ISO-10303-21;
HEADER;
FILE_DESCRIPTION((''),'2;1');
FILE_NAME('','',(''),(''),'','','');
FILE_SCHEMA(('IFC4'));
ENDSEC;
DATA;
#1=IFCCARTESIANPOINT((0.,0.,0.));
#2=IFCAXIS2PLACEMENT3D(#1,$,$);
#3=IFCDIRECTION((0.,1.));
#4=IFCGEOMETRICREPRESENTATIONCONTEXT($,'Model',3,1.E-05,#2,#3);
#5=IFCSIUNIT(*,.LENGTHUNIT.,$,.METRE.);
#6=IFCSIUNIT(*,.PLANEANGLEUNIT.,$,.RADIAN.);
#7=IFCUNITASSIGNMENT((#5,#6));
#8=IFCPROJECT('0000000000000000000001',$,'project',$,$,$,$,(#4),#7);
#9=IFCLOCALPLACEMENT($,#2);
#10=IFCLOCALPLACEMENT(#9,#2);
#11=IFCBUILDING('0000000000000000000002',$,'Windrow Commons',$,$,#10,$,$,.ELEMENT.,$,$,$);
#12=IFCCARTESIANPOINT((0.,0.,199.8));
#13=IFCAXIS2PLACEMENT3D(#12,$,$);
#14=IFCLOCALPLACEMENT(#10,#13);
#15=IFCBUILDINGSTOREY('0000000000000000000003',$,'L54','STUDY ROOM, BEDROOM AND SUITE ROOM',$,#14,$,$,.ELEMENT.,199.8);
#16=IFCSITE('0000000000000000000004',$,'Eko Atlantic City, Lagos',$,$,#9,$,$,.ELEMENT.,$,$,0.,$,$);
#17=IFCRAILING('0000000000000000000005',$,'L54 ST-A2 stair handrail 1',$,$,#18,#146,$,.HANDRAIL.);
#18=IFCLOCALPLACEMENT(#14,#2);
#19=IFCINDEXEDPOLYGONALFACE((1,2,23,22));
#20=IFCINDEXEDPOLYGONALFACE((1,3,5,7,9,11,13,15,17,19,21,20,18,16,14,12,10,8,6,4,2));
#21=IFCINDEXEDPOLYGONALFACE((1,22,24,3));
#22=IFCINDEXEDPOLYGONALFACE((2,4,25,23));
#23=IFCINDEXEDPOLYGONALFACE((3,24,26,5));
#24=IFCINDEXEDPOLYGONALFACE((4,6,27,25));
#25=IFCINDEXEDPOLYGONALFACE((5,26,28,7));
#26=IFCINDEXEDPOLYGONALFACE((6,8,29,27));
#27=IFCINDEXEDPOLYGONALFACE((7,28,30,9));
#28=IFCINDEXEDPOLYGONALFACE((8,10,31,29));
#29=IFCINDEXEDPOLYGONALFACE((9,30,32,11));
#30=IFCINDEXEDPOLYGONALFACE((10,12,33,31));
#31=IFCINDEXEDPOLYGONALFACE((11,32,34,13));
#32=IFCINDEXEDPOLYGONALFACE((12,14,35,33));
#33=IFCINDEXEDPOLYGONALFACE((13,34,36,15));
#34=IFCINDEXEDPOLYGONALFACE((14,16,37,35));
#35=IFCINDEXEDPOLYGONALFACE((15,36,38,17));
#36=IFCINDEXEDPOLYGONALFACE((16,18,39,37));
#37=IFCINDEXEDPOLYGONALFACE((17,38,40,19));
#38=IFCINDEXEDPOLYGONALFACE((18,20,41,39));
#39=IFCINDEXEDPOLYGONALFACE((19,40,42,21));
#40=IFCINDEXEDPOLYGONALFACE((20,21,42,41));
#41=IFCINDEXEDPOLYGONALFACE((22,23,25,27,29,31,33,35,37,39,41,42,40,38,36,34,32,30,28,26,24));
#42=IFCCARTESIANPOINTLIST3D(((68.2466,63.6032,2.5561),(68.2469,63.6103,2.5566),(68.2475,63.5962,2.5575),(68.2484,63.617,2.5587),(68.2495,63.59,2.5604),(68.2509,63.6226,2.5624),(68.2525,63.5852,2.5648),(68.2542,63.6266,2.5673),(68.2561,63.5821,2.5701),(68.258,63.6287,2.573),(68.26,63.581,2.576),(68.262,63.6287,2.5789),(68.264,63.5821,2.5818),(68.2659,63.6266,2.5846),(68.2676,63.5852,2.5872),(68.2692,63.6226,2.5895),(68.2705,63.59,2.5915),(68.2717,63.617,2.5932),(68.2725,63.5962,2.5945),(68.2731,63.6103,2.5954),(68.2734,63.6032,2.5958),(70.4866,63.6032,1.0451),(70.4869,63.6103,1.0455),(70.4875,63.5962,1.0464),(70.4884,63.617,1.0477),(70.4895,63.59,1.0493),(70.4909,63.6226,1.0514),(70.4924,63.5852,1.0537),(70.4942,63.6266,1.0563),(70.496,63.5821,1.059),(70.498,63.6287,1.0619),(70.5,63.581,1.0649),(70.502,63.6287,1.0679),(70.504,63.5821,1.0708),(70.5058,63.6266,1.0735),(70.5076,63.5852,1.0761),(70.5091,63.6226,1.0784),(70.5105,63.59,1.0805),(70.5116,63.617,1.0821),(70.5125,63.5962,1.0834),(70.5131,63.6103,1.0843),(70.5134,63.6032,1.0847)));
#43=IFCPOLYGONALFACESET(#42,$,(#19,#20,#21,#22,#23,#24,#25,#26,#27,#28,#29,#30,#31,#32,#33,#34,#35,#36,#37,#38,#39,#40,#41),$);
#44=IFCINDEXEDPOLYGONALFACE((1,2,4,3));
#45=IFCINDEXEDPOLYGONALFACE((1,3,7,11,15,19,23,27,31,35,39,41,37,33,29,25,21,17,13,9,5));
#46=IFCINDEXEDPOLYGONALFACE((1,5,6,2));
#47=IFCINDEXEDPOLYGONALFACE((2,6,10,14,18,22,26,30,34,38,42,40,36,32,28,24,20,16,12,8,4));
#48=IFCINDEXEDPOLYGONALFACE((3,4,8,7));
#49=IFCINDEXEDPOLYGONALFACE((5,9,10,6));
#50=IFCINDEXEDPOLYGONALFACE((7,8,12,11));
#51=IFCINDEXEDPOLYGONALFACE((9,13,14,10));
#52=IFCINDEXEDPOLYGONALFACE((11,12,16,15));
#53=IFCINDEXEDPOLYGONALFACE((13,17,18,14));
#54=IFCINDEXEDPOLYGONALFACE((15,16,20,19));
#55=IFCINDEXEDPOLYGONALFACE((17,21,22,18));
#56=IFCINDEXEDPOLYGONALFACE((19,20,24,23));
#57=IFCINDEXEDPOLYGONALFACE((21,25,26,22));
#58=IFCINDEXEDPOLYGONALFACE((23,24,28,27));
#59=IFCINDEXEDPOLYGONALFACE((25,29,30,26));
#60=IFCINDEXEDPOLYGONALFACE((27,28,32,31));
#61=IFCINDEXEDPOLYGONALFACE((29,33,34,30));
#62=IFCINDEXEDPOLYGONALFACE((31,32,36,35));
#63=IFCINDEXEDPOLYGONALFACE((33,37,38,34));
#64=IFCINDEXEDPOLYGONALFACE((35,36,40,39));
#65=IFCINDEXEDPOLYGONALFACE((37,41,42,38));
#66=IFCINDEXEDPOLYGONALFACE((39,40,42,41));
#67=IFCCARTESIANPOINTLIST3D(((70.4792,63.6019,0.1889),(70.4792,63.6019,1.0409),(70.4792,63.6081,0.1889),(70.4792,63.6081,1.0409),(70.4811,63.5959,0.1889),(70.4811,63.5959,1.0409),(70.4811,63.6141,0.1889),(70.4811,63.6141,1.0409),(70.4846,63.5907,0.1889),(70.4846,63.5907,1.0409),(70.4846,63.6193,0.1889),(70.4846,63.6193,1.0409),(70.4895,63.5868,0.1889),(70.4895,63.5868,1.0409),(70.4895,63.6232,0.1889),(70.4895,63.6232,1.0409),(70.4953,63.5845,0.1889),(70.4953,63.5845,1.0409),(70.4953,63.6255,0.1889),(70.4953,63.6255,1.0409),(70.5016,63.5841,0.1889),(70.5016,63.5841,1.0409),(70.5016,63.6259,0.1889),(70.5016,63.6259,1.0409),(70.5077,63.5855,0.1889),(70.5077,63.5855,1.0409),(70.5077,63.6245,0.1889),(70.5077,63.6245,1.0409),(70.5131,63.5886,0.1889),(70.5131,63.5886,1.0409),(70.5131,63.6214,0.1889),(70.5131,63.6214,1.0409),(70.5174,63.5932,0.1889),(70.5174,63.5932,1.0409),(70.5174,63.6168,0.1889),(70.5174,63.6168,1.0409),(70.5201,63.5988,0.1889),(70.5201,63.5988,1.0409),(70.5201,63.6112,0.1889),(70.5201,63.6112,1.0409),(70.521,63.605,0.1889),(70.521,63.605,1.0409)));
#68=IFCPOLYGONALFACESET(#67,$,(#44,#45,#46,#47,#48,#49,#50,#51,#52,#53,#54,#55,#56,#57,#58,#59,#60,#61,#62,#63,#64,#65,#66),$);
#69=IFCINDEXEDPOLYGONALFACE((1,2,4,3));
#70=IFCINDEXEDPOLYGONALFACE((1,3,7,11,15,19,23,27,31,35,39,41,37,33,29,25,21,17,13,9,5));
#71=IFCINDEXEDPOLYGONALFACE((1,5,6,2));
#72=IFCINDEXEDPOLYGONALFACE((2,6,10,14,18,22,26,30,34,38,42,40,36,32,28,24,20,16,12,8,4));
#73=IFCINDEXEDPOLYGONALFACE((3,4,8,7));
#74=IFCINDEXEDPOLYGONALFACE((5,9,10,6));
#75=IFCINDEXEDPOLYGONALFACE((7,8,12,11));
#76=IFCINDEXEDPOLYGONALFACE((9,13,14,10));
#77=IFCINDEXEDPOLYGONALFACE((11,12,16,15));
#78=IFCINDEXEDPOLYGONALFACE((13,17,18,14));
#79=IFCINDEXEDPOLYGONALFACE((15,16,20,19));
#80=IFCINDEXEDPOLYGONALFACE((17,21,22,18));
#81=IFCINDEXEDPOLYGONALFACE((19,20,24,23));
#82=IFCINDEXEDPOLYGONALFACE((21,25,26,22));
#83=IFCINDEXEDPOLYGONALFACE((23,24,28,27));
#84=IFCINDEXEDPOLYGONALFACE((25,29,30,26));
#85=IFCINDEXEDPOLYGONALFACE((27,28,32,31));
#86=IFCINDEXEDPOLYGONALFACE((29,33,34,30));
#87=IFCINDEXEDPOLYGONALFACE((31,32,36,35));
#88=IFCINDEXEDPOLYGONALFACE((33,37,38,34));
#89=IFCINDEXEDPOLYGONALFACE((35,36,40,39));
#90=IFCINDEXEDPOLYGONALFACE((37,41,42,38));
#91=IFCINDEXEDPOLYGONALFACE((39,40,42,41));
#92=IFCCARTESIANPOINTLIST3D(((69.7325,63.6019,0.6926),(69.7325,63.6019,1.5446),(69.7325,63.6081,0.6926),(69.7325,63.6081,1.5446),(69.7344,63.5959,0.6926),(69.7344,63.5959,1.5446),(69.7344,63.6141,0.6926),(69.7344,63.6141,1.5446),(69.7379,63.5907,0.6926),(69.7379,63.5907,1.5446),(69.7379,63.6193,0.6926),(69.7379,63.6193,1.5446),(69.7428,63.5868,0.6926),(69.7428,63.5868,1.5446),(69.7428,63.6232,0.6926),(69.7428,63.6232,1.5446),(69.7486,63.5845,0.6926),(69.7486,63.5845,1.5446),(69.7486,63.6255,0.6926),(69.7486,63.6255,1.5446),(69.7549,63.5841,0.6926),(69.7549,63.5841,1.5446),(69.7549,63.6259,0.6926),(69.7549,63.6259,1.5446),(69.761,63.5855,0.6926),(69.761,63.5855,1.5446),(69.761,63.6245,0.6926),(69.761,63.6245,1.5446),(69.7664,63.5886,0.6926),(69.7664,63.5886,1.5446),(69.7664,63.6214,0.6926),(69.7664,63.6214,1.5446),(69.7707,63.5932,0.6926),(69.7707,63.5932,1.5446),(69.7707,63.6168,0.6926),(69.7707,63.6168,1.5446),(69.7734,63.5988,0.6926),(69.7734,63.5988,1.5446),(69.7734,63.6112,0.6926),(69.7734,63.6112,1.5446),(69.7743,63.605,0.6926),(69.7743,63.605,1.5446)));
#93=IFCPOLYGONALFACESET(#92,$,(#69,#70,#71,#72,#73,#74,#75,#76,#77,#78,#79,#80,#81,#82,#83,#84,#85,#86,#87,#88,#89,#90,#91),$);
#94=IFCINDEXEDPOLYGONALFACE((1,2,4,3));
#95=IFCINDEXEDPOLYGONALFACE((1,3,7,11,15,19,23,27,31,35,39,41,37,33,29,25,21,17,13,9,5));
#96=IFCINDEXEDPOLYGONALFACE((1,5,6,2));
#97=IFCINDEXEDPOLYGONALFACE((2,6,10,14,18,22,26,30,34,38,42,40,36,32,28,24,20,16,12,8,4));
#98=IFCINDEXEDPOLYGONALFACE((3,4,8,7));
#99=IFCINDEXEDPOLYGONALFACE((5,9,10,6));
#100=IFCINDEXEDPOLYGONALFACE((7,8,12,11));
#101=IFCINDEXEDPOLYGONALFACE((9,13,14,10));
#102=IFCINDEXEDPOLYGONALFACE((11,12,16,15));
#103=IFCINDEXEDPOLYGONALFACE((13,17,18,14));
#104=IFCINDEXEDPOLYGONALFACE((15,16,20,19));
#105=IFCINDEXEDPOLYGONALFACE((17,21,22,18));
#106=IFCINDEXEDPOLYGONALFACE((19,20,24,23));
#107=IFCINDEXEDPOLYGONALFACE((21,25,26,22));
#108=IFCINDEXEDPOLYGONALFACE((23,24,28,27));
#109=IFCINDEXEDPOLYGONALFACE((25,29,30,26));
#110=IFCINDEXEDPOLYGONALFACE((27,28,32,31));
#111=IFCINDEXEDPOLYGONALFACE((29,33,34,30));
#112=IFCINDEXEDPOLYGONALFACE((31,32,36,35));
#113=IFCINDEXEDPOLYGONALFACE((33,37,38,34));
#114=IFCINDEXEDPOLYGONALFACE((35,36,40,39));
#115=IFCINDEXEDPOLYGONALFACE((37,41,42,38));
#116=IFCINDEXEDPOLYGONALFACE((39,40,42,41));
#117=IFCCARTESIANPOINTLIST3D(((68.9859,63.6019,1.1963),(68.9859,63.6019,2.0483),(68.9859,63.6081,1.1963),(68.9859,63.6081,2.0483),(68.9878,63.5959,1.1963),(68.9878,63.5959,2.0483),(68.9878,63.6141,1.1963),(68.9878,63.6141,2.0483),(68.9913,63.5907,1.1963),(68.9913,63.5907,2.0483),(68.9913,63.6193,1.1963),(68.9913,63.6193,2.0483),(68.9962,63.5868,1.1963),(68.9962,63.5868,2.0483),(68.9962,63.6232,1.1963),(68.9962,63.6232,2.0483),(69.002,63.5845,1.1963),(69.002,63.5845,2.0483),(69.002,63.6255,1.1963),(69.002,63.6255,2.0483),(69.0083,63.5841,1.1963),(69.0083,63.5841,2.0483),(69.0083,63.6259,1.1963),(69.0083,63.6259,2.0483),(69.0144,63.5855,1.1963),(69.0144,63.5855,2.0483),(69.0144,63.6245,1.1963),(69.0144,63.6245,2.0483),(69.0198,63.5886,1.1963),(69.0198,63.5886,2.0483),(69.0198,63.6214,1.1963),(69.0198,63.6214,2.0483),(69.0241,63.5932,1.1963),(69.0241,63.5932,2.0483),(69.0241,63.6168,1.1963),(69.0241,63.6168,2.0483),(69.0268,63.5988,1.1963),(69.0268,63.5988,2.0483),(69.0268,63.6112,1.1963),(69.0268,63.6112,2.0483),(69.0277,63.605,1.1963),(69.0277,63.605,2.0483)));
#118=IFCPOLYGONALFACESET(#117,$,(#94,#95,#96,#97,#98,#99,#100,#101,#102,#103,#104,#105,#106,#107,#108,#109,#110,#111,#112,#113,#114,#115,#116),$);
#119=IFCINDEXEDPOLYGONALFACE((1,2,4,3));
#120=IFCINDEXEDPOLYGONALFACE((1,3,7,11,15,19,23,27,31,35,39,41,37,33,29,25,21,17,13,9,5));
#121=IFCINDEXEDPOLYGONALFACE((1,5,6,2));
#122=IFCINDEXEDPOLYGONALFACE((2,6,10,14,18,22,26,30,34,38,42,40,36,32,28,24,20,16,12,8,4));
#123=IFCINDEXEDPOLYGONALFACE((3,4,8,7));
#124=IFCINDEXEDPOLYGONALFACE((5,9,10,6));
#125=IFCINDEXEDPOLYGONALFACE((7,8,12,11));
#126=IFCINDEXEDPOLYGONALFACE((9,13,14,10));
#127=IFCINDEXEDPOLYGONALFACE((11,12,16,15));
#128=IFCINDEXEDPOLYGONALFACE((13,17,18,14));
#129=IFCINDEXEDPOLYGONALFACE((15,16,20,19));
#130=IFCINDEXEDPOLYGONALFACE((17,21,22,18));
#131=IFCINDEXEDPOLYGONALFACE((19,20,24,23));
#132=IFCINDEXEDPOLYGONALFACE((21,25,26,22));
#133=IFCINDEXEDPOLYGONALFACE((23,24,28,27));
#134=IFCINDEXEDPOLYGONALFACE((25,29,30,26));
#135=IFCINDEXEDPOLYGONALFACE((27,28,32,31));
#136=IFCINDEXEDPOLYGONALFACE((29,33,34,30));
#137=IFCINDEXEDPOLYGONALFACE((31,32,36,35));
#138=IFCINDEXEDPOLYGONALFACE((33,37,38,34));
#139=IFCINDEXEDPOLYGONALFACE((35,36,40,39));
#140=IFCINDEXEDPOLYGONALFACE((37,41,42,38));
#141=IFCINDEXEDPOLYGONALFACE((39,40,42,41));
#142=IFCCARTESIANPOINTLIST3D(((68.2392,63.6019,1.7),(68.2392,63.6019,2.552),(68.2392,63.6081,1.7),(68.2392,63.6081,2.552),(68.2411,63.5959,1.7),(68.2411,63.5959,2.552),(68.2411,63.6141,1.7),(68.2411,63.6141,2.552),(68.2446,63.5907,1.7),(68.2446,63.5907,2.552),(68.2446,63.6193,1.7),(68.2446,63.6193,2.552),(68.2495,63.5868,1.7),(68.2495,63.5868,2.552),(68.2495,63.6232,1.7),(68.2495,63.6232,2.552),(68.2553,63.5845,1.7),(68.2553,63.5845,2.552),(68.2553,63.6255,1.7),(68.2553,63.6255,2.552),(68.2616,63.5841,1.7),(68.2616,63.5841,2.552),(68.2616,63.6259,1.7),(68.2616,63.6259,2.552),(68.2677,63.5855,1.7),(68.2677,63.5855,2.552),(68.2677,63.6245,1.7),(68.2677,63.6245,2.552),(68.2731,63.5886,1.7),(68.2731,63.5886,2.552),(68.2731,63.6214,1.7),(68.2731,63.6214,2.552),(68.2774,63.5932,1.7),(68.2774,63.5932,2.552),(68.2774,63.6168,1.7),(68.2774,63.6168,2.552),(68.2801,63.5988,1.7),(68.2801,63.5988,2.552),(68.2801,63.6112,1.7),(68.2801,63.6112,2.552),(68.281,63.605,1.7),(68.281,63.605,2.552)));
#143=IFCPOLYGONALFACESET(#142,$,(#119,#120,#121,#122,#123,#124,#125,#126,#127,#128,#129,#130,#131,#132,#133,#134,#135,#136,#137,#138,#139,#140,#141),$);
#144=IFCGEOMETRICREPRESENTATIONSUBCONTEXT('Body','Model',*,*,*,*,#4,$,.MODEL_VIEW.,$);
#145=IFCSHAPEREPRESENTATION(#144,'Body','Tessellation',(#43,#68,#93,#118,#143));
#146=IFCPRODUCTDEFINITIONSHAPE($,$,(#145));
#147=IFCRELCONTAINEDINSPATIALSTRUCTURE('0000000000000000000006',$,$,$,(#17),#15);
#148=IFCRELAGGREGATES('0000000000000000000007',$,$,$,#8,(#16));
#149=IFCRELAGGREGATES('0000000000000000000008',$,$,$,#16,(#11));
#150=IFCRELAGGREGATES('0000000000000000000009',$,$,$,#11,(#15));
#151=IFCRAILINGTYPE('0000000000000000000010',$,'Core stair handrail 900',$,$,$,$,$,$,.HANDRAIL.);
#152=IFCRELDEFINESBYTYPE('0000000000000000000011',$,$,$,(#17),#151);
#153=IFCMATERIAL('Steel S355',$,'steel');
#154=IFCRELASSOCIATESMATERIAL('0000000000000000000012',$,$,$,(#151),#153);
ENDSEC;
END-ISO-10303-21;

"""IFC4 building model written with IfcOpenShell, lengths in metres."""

from ifc_helpers import new_model, si_unit, direction, frame, origin, origin_2d, place, context, subcontext, project, spatial, circle, extrude, material, type_object, element, save


model = new_model("IFC4")

# Units and contexts
model_context = context("Model", 3, precision=1e-05, world=origin(), true_north=direction((0.0, 1.0)))
body_context = subcontext(model_context, "Body", "Model", "MODEL_VIEW")
ifc_project = project(units=[si_unit("LENGTHUNIT", "METRE"), si_unit("PLANEANGLEUNIT", "RADIAN")], contexts=[model_context])

# Site, building, storey
site_placement = place(None, origin())
site = spatial("IfcSite", under=ifc_project, at=site_placement, Name="Eko Atlantic City, Lagos", CompositionType="ELEMENT", RefElevation=0.0)
building_placement = place(site_placement, origin())
building = spatial("IfcBuilding", under=site, at=building_placement, Name="Windrow Commons", CompositionType="ELEMENT")
storey_placement = place(building_placement, frame((0.0, 0.0, 199.8)))
storey = spatial("IfcBuildingStorey", under=building, at=storey_placement, Name="L54", Description="STUDY ROOM, BEDROOM AND SUITE ROOM", CompositionType="ELEMENT", Elevation=199.8)

# Railing
ifc_material_1 = material(Name="Steel S355", Category="steel")
railing_type_1 = type_object("IfcRailingType", Name="Core stair handrail 900", PredefinedType="HANDRAIL", material=ifc_material_1)
railing_1_placement = place(storey_placement, frame((70.5, 63.605, 0.1889)))
element("IfcRailing", 1, at=railing_1_placement, inside=storey, type_object=railing_type_1, Name="L54 ST-A2 stair handrail 1", PredefinedType="HANDRAIL", context=body_context, shape_type="SweptSolid", body=[
    extrude(circle(Radius=0.024, at=origin_2d()), frame((0.0, 0.0, 0.876), z_axis=(-0.829003, 0.0, 0.559244), x_axis=(0.0, -1.0, 0.0)), (0.0, 0.0, 1.0), 2.702),
    extrude(circle(Radius=0.021, at=origin_2d()), origin(), (0.0, 0.0, 1.0), 0.852),
    extrude(circle(Radius=0.021, at=origin_2d()), frame((-0.7467, 0.0, 0.5037)), (0.0, 0.0, 1.0), 0.852),
    extrude(circle(Radius=0.021, at=origin_2d()), frame((-1.4933, 0.0, 1.0074)), (0.0, 0.0, 1.0), 0.852),
    extrude(circle(Radius=0.021, at=origin_2d()), frame((-2.24, 0.0, 1.5111)), (0.0, 0.0, 1.0), 0.852),
])

save(model, "model.ifc")
